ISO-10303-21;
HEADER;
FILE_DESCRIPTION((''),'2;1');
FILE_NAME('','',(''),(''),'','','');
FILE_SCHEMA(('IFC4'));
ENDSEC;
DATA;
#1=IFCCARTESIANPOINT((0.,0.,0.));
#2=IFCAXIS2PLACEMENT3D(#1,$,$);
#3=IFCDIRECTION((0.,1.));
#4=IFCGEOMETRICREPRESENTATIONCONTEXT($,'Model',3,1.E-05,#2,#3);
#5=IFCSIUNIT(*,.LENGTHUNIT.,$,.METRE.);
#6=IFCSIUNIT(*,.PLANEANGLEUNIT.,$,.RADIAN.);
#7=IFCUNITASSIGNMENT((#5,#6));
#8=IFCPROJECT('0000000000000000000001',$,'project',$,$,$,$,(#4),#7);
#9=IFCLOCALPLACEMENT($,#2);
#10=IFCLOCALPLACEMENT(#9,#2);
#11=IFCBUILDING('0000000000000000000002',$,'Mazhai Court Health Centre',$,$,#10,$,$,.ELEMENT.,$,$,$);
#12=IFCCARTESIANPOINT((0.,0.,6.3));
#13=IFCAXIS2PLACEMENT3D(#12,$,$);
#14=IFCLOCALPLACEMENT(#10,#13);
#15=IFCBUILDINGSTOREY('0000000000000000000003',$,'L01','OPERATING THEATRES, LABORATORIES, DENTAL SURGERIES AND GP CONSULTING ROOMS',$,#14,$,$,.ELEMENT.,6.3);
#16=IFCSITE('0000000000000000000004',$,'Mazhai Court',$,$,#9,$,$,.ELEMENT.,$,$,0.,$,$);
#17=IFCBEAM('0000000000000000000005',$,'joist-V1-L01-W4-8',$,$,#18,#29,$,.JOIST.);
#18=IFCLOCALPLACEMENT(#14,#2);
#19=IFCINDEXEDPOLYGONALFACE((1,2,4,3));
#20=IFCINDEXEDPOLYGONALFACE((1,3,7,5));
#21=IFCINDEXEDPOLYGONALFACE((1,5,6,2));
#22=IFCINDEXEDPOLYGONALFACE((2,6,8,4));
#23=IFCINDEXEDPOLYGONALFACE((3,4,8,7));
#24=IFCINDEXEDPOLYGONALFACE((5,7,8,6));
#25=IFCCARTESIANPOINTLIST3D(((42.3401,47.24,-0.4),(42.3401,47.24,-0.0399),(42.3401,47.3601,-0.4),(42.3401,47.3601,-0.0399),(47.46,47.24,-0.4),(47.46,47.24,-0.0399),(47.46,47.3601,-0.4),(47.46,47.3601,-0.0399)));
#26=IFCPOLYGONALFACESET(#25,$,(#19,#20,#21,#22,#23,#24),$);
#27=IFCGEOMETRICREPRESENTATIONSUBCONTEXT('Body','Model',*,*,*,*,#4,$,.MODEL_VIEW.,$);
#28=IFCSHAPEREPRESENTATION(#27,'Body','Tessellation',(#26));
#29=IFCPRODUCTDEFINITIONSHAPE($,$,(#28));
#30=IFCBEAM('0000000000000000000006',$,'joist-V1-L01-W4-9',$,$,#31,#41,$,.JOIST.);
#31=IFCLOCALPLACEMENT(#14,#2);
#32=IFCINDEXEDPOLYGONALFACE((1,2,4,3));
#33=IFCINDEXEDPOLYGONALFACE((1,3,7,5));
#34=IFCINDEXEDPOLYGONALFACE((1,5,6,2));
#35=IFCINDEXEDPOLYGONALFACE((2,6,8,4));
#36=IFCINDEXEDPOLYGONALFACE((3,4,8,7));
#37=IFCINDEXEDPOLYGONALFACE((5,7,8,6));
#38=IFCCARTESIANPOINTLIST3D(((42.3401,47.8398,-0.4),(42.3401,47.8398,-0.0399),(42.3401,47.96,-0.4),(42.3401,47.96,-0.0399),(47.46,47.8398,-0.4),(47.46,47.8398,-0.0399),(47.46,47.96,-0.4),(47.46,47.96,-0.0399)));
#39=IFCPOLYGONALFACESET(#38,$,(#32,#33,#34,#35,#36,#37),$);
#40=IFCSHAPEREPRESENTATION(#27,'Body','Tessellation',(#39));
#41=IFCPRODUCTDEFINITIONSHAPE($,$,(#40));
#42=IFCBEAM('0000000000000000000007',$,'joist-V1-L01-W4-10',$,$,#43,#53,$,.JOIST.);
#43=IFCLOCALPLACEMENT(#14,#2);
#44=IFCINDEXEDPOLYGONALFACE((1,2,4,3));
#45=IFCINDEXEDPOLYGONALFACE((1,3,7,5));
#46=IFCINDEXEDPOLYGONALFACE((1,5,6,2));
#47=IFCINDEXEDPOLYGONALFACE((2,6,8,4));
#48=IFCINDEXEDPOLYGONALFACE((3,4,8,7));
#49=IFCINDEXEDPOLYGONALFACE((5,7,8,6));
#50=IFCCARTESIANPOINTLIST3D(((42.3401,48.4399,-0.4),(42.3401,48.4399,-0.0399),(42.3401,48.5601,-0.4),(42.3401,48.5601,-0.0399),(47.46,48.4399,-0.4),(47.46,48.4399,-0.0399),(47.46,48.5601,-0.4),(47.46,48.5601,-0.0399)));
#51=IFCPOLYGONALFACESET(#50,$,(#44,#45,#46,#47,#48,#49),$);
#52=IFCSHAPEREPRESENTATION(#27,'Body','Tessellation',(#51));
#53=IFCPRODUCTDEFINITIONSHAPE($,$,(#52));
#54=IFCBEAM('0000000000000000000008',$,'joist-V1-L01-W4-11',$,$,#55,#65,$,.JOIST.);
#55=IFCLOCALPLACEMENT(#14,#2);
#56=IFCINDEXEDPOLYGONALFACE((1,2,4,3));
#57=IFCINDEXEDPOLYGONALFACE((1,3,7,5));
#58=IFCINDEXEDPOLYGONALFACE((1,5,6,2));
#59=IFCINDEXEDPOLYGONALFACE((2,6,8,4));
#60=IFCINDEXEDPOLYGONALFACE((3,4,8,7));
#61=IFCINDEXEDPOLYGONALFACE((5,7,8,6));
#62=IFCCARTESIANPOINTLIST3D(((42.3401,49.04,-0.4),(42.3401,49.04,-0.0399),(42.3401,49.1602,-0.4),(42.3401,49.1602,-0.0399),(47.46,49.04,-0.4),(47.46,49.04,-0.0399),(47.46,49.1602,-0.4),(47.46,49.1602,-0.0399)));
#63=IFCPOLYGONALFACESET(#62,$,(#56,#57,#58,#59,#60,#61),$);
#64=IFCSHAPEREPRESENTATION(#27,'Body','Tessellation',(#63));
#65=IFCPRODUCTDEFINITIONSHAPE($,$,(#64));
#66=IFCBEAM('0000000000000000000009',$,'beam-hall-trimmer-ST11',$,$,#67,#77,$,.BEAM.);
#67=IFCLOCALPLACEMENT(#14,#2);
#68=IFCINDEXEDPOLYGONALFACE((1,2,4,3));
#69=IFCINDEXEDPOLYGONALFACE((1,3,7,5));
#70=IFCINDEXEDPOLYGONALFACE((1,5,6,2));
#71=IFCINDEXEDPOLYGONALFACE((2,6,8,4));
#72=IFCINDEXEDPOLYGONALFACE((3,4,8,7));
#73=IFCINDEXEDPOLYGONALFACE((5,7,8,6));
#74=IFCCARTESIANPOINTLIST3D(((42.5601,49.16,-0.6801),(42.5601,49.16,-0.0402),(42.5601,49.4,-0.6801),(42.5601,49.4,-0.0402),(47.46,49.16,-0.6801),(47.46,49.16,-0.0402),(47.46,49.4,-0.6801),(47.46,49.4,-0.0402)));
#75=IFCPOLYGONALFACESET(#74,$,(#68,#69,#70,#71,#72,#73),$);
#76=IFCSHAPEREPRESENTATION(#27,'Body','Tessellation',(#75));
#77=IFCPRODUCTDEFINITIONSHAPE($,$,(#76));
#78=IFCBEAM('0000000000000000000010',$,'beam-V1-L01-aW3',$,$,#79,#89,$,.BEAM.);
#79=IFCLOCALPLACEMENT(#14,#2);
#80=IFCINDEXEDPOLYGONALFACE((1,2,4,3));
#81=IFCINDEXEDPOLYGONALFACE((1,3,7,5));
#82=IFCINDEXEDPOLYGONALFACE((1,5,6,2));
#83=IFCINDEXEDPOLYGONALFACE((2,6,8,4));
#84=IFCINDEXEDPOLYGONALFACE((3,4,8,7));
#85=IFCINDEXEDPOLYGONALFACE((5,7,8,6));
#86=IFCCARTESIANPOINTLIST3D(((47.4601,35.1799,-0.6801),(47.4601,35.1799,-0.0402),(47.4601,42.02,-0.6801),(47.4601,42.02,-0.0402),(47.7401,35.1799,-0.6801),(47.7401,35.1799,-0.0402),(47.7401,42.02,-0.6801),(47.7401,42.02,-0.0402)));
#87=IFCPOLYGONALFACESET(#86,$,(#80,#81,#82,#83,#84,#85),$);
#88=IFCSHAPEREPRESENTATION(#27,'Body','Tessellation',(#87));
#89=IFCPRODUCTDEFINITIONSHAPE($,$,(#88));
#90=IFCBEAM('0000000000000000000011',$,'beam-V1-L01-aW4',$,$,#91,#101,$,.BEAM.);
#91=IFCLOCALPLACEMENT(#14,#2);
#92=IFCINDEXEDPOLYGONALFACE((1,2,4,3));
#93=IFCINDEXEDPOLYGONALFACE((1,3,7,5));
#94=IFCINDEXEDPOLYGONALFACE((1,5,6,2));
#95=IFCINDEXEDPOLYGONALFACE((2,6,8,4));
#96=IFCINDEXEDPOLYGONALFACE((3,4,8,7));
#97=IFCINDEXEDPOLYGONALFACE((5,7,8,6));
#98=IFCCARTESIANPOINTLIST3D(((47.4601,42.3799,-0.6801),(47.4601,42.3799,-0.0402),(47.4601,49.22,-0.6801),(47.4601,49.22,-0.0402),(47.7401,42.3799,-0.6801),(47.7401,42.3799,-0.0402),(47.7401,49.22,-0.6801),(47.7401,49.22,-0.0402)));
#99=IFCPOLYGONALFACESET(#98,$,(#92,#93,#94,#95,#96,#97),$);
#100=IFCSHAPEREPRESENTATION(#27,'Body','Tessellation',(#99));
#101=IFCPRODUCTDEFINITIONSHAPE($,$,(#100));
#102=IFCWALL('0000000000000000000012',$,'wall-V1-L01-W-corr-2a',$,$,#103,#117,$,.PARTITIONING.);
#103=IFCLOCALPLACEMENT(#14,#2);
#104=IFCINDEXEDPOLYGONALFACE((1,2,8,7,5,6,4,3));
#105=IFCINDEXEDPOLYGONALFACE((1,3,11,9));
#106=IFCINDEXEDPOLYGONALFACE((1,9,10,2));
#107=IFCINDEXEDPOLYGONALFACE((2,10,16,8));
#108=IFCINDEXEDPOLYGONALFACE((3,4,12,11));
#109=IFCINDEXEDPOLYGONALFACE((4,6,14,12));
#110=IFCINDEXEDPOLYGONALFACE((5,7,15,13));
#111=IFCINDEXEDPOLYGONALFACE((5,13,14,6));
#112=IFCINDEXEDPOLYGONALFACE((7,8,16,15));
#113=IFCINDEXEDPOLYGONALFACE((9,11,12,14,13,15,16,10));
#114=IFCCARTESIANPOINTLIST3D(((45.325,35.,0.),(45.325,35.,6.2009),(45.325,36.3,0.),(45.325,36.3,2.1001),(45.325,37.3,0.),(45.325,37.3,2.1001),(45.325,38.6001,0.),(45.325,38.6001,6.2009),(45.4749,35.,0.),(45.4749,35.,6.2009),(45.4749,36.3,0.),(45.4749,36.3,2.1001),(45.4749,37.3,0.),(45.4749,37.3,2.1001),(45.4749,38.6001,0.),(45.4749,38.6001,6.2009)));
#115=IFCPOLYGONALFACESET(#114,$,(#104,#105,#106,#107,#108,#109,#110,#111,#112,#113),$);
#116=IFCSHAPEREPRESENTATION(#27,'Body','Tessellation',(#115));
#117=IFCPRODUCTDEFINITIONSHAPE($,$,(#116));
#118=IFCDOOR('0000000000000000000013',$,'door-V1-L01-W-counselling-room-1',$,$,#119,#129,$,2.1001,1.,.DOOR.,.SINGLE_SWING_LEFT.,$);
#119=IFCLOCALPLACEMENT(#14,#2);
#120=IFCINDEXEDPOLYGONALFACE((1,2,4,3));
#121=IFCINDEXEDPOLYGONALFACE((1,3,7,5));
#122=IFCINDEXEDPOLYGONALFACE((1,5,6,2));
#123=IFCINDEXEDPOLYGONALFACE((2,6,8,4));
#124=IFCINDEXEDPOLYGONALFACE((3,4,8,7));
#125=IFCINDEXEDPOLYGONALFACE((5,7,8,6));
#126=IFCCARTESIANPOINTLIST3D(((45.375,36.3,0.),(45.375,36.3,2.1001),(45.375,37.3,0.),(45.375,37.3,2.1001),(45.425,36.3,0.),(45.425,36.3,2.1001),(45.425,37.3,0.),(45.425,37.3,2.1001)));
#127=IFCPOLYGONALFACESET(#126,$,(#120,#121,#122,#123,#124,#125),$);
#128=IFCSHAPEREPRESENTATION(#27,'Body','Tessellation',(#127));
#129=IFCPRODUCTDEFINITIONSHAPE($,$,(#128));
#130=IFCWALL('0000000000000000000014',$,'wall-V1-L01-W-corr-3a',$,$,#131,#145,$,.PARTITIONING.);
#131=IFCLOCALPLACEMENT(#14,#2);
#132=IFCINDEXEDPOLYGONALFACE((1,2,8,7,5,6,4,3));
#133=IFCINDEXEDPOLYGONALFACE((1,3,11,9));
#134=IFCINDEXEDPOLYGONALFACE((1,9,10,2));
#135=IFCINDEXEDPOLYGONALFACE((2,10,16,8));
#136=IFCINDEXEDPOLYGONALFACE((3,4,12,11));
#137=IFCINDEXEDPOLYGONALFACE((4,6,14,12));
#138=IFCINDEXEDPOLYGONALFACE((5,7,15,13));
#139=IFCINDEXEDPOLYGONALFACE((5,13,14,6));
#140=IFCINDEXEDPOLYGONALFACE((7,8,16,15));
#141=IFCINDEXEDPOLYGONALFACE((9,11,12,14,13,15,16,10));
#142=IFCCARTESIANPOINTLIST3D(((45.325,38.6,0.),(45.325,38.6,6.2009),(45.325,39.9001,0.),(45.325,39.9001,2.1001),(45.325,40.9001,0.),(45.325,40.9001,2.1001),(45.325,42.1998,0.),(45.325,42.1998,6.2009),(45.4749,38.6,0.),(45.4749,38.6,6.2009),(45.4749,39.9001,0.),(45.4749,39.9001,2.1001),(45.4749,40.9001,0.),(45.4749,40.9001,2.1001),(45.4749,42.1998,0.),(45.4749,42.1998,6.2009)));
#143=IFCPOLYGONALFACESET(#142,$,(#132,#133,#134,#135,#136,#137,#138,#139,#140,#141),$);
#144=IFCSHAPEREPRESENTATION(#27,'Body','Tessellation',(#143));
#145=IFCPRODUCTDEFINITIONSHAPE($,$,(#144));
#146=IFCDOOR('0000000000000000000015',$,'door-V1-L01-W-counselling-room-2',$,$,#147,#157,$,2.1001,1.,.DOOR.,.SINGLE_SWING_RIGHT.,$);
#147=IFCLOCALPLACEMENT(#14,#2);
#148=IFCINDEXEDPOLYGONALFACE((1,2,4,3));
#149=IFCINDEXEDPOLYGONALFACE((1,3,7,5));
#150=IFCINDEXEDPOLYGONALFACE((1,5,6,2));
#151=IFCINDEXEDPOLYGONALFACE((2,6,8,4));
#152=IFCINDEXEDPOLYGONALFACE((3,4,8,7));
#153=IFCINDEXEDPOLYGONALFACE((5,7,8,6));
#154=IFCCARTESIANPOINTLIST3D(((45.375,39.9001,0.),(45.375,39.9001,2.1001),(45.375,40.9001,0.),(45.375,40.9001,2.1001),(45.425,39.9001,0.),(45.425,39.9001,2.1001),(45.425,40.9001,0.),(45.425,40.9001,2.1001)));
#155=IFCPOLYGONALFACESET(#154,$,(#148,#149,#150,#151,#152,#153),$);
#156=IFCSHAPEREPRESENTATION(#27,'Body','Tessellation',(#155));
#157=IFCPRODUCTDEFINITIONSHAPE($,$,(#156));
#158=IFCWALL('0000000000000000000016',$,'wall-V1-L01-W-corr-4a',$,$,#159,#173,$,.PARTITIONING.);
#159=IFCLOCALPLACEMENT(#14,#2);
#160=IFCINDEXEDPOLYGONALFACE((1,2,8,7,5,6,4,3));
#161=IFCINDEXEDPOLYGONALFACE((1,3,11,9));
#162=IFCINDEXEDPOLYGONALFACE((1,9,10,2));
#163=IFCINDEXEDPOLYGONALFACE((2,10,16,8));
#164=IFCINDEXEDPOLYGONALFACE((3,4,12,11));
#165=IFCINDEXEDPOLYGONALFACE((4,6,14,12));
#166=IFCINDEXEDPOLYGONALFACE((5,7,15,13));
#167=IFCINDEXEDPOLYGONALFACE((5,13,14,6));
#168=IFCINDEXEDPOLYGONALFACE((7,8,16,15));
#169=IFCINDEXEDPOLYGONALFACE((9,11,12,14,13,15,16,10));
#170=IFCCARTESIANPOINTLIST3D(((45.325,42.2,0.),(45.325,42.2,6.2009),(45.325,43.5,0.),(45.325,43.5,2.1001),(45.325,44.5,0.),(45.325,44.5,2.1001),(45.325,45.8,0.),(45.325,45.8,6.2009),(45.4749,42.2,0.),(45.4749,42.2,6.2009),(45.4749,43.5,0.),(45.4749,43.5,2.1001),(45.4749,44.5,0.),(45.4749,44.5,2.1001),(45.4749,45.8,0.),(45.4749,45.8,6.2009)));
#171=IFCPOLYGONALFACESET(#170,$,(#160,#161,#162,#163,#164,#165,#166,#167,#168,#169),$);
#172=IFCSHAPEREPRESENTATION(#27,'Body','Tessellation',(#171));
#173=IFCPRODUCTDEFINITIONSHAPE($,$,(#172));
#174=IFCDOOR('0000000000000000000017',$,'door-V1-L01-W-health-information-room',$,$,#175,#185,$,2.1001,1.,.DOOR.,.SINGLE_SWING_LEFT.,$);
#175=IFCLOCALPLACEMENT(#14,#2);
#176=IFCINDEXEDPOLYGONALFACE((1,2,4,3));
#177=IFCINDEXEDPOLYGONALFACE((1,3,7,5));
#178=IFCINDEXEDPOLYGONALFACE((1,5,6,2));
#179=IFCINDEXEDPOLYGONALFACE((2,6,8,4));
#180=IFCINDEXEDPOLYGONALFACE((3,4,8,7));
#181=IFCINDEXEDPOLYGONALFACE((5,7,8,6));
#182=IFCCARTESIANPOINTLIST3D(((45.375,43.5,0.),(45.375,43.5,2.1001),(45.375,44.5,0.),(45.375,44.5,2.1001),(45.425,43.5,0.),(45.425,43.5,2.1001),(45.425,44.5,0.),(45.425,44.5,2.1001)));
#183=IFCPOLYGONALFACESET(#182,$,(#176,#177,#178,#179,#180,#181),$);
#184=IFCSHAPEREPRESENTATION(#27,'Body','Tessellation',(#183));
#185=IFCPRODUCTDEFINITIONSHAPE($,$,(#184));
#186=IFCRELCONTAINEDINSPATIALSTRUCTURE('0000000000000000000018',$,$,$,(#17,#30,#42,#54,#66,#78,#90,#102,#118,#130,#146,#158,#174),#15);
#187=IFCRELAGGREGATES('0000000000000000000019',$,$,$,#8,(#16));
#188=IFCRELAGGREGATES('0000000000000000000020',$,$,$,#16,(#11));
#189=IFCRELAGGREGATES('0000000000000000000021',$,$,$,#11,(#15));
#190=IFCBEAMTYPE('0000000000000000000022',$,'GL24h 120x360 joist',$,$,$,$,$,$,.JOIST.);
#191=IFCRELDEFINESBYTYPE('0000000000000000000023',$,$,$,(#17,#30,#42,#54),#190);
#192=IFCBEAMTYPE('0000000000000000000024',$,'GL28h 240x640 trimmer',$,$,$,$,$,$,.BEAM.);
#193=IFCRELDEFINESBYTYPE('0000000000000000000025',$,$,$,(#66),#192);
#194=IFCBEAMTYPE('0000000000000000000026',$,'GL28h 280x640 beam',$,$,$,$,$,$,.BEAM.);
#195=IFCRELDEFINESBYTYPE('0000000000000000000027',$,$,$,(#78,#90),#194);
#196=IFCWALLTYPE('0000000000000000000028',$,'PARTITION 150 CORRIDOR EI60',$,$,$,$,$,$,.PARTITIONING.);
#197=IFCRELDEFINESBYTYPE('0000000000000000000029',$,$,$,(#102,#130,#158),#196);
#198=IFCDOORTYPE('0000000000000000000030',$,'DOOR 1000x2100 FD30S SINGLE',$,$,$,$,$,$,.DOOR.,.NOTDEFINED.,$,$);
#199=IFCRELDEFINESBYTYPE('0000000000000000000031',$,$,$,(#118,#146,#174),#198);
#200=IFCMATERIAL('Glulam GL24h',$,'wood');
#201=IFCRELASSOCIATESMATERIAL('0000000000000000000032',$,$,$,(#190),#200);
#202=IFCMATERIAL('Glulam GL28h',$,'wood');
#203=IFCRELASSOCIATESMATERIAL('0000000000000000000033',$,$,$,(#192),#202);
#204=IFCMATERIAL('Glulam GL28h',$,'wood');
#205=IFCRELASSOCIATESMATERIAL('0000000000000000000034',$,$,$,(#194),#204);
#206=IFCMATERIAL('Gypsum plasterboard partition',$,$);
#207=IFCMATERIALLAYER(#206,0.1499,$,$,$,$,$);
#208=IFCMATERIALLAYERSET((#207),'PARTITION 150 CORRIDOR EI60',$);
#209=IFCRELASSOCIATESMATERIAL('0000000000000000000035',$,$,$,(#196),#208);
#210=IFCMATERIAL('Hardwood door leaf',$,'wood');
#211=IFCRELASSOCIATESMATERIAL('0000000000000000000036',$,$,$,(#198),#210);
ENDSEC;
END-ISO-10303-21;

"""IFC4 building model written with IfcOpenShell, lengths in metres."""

from ifc_helpers import new_model, si_unit, direction, frame, frame_2d, origin, origin_2d, place, context, subcontext, project, spatial, rectangle, extrude, material, layer, layer_set, material_profile, profile_set, type_object, element, fill, save


model = new_model("IFC4")

# Units and contexts
model_context = context("Model", 3, precision=1e-05, world=origin(), true_north=direction((0.0, 1.0)))
body_context = subcontext(model_context, "Body", "Model", "MODEL_VIEW")
ifc_project = project(units=[si_unit("LENGTHUNIT", "METRE"), si_unit("PLANEANGLEUNIT", "RADIAN")], contexts=[model_context])

# Site, building, storey
site_placement = place(None, origin())
site = spatial("IfcSite", under=ifc_project, at=site_placement, Name="Mazhai Court", CompositionType="ELEMENT", RefElevation=0.0)
building_placement = place(site_placement, origin())
building = spatial("IfcBuilding", under=site, at=building_placement, Name="Mazhai Court Health Centre", CompositionType="ELEMENT")
storey_placement = place(building_placement, frame((0.0, 0.0, 6.3)))
storey = spatial("IfcBuildingStorey", under=building, at=storey_placement, Name="L01", Description="OPERATING THEATRES, LABORATORIES, DENTAL SURGERIES AND GP CONSULTING ROOMS", CompositionType="ELEMENT", Elevation=6.3)

# Beams
ifc_material_1 = material(Name="Glulam GL24h", Category="wood")
ifc_material_profile_1 = material_profile(ifc_material_1, rectangle(XDim=0.1201, YDim=0.3601, at=origin_2d()), Name="GL24h 120x360")
ifc_profile_set_1 = profile_set([ifc_material_profile_1], Name="Glulam GL24h")
beam_type_1 = type_object("IfcBeamType", Name="GL24h 120x360 joist", PredefinedType="JOIST", material=ifc_profile_set_1)
for number, where, z_axis, x_axis, name in (
    (1, (42.3401, 47.3, -0.22), (1.0, 0.0, 0.0), (0.0, 1.0, 0.0), "joist-V1-L01-W4-8"),
    (2, (42.3401, 47.8999, -0.22), (1.0, 0.0, 0.0), (0.0, 1.0, 0.0), "joist-V1-L01-W4-9"),
    (3, (42.3401, 48.5, -0.22), (1.0, 0.0, 0.0), (0.0, 1.0, 0.0), "joist-V1-L01-W4-10"),
    (4, (42.3401, 49.1001, -0.22), (1.0, 0.0, 0.0), (0.0, 1.0, 0.0), "joist-V1-L01-W4-11"),
):
    element("IfcBeam", number, at=place(storey_placement, frame(where, z_axis=z_axis, x_axis=x_axis)), inside=storey, type_object=beam_type_1, Name=name, PredefinedType="JOIST", context=body_context, shape_type="SweptSolid", body=[
        extrude(rectangle(XDim=0.1201, YDim=0.3601, at=origin_2d()), origin(), (0.0, 0.0, 1.0), 5.1199),
    ])
ifc_material_2 = material(Name="Glulam GL28h", Category="wood")
ifc_material_profile_2 = material_profile(ifc_material_2, rectangle(XDim=0.24, YDim=0.6399, at=origin_2d()), Name="GL28h 240x640")
ifc_profile_set_2 = profile_set([ifc_material_profile_2], Name="Glulam GL28h")
beam_type_2 = type_object("IfcBeamType", Name="GL28h 240x640 trimmer", PredefinedType="BEAM", material=ifc_profile_set_2)
beam_placement = place(storey_placement, frame((42.5601, 49.28, -0.3601), z_axis=(1.0, 0.0, 0.0), x_axis=(0.0, 1.0, 0.0)))
element("IfcBeam", 5, at=beam_placement, inside=storey, type_object=beam_type_2, Name="beam-hall-trimmer-ST11", PredefinedType="BEAM", context=body_context, shape_type="SweptSolid", body=[
    extrude(rectangle(XDim=0.24, YDim=0.6399, at=origin_2d()), origin(), (0.0, 0.0, 1.0), 4.8999),
])
ifc_material_3 = material(Name="Glulam GL28h", Category="wood")
ifc_material_profile_3 = material_profile(ifc_material_3, rectangle(XDim=0.28, YDim=0.6399, at=origin_2d()), Name="GL28h 280x640")
ifc_profile_set_3 = profile_set([ifc_material_profile_3], Name="Glulam GL28h")
beam_type_3 = type_object("IfcBeamType", Name="GL28h 280x640 beam", PredefinedType="BEAM", material=ifc_profile_set_3)
for number, where, z_axis, x_axis, name in (
    (6, (47.6001, 35.1799, -0.3601), (0.0, 1.0, 0.0), (-1.0, 0.0, 0.0), "beam-V1-L01-aW3"),
    (7, (47.6001, 42.3799, -0.3601), (0.0, 1.0, 0.0), (-1.0, 0.0, 0.0), "beam-V1-L01-aW4"),
):
    element("IfcBeam", number, at=place(storey_placement, frame(where, z_axis=z_axis, x_axis=x_axis)), inside=storey, type_object=beam_type_3, Name=name, PredefinedType="BEAM", context=body_context, shape_type="SweptSolid", body=[
        extrude(rectangle(XDim=0.28, YDim=0.6399, at=origin_2d()), origin(), (0.0, 0.0, 1.0), 6.8401),
    ])

# Walls, openings, doors
ifc_material_4 = material(Name="Gypsum plasterboard partition")
ifc_layer_1 = layer(ifc_material_4, 0.1499)
ifc_layer_set_1 = layer_set([ifc_layer_1], Name="PARTITION 150 CORRIDOR EI60")
wall_type_1 = type_object("IfcWallType", Name="PARTITION 150 CORRIDOR EI60", PredefinedType="PARTITIONING", material=ifc_layer_set_1)
wall_1_placement = place(storey_placement, frame((45.3999, 35.0, 0.0), z_axis=(0.0, 0.0, 1.0), x_axis=(0.0, 1.0, 0.0)))
wall_1 = element("IfcWall", 8, at=wall_1_placement, inside=storey, type_object=wall_type_1, Name="wall-V1-L01-W-corr-2a", PredefinedType="PARTITIONING", context=body_context, shape_type="SweptSolid", body=[
    extrude(rectangle(XDim=3.6001, YDim=0.1499, at=frame_2d((1.8, 0.0))), origin(), (0.0, 0.0, 1.0), 6.2009),
])
opening_1_placement = place(wall_1_placement, frame((1.3, 0.0, 0.0)))
opening_1 = element("IfcOpeningElement", 9, at=opening_1_placement, cuts=wall_1, PredefinedType="OPENING", context=body_context, shape_type="SweptSolid", body=[
    extrude(rectangle(XDim=1.0, YDim=2.1001, at=frame_2d((0.5, 1.05))), frame((0.0, 0.085, 0.0), z_axis=(0.0, -1.0, 0.0), x_axis=(1.0, 0.0, 0.0)), (0.0, 0.0, 1.0), 0.1699),
])
ifc_material_5 = material(Name="Hardwood door leaf", Category="wood")
door_type_1 = type_object("IfcDoorType", Name="DOOR 1000x2100 FD30S SINGLE", OperationType="NOTDEFINED", PredefinedType="DOOR", material=ifc_material_5)
door_1_placement = place(opening_1_placement, origin())
door_1 = element("IfcDoor", 10, at=door_1_placement, inside=storey, type_object=door_type_1, Name="door-V1-L01-W-counselling-room-1", OperationType="SINGLE_SWING_LEFT", OverallHeight=2.1001, OverallWidth=1.0, PredefinedType="DOOR", context=body_context, shape_type="SweptSolid", body=[
    extrude(rectangle(XDim=1.0, YDim=2.1001, at=frame_2d((0.5, 1.05))), frame((0.0, 0.0249, 0.0), z_axis=(0.0, -1.0, 0.0), x_axis=(1.0, 0.0, 0.0)), (0.0, 0.0, 1.0), 0.05),
])
fill(opening_1, door_1)
wall_2_placement = place(storey_placement, frame((45.3999, 38.6001, 0.0), z_axis=(0.0, 0.0, 1.0), x_axis=(0.0, 1.0, 0.0)))
wall_2 = element("IfcWall", 11, at=wall_2_placement, inside=storey, type_object=wall_type_1, Name="wall-V1-L01-W-corr-3a", PredefinedType="PARTITIONING", context=body_context, shape_type="SweptSolid", body=[
    extrude(rectangle(XDim=3.5999, YDim=0.1499, at=frame_2d((1.7998, 0.0))), origin(), (0.0, 0.0, 1.0), 6.2009),
])
opening_2_placement = place(wall_2_placement, frame((1.3, 0.0, 0.0)))
opening_2 = element("IfcOpeningElement", 12, at=opening_2_placement, cuts=wall_2, PredefinedType="OPENING", context=body_context, shape_type="SweptSolid", body=[
    extrude(rectangle(XDim=1.0, YDim=2.1001, at=frame_2d((0.5, 1.05))), frame((0.0, 0.085, 0.0), z_axis=(0.0, -1.0, 0.0), x_axis=(1.0, 0.0, 0.0)), (0.0, 0.0, 1.0), 0.1699),
])
door_2_placement = place(opening_2_placement, origin())
door_2 = element("IfcDoor", 13, at=door_2_placement, inside=storey, type_object=door_type_1, Name="door-V1-L01-W-counselling-room-2", OperationType="SINGLE_SWING_RIGHT", OverallHeight=2.1001, OverallWidth=1.0, PredefinedType="DOOR", context=body_context, shape_type="SweptSolid", body=[
    extrude(rectangle(XDim=1.0, YDim=2.1001, at=frame_2d((0.5, 1.05))), frame((0.0, 0.0249, 0.0), z_axis=(0.0, -1.0, 0.0), x_axis=(1.0, 0.0, 0.0)), (0.0, 0.0, 1.0), 0.05),
])
fill(opening_2, door_2)
wall_3_placement = place(storey_placement, frame((45.3999, 42.2, 0.0), z_axis=(0.0, 0.0, 1.0), x_axis=(0.0, 1.0, 0.0)))
wall_3 = element("IfcWall", 14, at=wall_3_placement, inside=storey, type_object=wall_type_1, Name="wall-V1-L01-W-corr-4a", PredefinedType="PARTITIONING", context=body_context, shape_type="SweptSolid", body=[
    extrude(rectangle(XDim=3.6001, YDim=0.1499, at=frame_2d((1.8, 0.0))), origin(), (0.0, 0.0, 1.0), 6.2009),
])
opening_3_placement = place(wall_3_placement, frame((1.3, 0.0, 0.0)))
opening_3 = element("IfcOpeningElement", 15, at=opening_3_placement, cuts=wall_3, PredefinedType="OPENING", context=body_context, shape_type="SweptSolid", body=[
    extrude(rectangle(XDim=1.0, YDim=2.1001, at=frame_2d((0.5, 1.05))), frame((0.0, 0.085, 0.0), z_axis=(0.0, -1.0, 0.0), x_axis=(1.0, 0.0, 0.0)), (0.0, 0.0, 1.0), 0.1699),
])
door_3_placement = place(opening_3_placement, origin())
door_3 = element("IfcDoor", 16, at=door_3_placement, inside=storey, type_object=door_type_1, Name="door-V1-L01-W-health-information-room", OperationType="SINGLE_SWING_LEFT", OverallHeight=2.1001, OverallWidth=1.0, PredefinedType="DOOR", context=body_context, shape_type="SweptSolid", body=[
    extrude(rectangle(XDim=1.0, YDim=2.1001, at=frame_2d((0.5, 1.05))), frame((0.0, 0.0249, 0.0), z_axis=(0.0, -1.0, 0.0), x_axis=(1.0, 0.0, 0.0)), (0.0, 0.0, 1.0), 0.05),
])
fill(opening_3, door_3)

save(model, "model.ifc")
